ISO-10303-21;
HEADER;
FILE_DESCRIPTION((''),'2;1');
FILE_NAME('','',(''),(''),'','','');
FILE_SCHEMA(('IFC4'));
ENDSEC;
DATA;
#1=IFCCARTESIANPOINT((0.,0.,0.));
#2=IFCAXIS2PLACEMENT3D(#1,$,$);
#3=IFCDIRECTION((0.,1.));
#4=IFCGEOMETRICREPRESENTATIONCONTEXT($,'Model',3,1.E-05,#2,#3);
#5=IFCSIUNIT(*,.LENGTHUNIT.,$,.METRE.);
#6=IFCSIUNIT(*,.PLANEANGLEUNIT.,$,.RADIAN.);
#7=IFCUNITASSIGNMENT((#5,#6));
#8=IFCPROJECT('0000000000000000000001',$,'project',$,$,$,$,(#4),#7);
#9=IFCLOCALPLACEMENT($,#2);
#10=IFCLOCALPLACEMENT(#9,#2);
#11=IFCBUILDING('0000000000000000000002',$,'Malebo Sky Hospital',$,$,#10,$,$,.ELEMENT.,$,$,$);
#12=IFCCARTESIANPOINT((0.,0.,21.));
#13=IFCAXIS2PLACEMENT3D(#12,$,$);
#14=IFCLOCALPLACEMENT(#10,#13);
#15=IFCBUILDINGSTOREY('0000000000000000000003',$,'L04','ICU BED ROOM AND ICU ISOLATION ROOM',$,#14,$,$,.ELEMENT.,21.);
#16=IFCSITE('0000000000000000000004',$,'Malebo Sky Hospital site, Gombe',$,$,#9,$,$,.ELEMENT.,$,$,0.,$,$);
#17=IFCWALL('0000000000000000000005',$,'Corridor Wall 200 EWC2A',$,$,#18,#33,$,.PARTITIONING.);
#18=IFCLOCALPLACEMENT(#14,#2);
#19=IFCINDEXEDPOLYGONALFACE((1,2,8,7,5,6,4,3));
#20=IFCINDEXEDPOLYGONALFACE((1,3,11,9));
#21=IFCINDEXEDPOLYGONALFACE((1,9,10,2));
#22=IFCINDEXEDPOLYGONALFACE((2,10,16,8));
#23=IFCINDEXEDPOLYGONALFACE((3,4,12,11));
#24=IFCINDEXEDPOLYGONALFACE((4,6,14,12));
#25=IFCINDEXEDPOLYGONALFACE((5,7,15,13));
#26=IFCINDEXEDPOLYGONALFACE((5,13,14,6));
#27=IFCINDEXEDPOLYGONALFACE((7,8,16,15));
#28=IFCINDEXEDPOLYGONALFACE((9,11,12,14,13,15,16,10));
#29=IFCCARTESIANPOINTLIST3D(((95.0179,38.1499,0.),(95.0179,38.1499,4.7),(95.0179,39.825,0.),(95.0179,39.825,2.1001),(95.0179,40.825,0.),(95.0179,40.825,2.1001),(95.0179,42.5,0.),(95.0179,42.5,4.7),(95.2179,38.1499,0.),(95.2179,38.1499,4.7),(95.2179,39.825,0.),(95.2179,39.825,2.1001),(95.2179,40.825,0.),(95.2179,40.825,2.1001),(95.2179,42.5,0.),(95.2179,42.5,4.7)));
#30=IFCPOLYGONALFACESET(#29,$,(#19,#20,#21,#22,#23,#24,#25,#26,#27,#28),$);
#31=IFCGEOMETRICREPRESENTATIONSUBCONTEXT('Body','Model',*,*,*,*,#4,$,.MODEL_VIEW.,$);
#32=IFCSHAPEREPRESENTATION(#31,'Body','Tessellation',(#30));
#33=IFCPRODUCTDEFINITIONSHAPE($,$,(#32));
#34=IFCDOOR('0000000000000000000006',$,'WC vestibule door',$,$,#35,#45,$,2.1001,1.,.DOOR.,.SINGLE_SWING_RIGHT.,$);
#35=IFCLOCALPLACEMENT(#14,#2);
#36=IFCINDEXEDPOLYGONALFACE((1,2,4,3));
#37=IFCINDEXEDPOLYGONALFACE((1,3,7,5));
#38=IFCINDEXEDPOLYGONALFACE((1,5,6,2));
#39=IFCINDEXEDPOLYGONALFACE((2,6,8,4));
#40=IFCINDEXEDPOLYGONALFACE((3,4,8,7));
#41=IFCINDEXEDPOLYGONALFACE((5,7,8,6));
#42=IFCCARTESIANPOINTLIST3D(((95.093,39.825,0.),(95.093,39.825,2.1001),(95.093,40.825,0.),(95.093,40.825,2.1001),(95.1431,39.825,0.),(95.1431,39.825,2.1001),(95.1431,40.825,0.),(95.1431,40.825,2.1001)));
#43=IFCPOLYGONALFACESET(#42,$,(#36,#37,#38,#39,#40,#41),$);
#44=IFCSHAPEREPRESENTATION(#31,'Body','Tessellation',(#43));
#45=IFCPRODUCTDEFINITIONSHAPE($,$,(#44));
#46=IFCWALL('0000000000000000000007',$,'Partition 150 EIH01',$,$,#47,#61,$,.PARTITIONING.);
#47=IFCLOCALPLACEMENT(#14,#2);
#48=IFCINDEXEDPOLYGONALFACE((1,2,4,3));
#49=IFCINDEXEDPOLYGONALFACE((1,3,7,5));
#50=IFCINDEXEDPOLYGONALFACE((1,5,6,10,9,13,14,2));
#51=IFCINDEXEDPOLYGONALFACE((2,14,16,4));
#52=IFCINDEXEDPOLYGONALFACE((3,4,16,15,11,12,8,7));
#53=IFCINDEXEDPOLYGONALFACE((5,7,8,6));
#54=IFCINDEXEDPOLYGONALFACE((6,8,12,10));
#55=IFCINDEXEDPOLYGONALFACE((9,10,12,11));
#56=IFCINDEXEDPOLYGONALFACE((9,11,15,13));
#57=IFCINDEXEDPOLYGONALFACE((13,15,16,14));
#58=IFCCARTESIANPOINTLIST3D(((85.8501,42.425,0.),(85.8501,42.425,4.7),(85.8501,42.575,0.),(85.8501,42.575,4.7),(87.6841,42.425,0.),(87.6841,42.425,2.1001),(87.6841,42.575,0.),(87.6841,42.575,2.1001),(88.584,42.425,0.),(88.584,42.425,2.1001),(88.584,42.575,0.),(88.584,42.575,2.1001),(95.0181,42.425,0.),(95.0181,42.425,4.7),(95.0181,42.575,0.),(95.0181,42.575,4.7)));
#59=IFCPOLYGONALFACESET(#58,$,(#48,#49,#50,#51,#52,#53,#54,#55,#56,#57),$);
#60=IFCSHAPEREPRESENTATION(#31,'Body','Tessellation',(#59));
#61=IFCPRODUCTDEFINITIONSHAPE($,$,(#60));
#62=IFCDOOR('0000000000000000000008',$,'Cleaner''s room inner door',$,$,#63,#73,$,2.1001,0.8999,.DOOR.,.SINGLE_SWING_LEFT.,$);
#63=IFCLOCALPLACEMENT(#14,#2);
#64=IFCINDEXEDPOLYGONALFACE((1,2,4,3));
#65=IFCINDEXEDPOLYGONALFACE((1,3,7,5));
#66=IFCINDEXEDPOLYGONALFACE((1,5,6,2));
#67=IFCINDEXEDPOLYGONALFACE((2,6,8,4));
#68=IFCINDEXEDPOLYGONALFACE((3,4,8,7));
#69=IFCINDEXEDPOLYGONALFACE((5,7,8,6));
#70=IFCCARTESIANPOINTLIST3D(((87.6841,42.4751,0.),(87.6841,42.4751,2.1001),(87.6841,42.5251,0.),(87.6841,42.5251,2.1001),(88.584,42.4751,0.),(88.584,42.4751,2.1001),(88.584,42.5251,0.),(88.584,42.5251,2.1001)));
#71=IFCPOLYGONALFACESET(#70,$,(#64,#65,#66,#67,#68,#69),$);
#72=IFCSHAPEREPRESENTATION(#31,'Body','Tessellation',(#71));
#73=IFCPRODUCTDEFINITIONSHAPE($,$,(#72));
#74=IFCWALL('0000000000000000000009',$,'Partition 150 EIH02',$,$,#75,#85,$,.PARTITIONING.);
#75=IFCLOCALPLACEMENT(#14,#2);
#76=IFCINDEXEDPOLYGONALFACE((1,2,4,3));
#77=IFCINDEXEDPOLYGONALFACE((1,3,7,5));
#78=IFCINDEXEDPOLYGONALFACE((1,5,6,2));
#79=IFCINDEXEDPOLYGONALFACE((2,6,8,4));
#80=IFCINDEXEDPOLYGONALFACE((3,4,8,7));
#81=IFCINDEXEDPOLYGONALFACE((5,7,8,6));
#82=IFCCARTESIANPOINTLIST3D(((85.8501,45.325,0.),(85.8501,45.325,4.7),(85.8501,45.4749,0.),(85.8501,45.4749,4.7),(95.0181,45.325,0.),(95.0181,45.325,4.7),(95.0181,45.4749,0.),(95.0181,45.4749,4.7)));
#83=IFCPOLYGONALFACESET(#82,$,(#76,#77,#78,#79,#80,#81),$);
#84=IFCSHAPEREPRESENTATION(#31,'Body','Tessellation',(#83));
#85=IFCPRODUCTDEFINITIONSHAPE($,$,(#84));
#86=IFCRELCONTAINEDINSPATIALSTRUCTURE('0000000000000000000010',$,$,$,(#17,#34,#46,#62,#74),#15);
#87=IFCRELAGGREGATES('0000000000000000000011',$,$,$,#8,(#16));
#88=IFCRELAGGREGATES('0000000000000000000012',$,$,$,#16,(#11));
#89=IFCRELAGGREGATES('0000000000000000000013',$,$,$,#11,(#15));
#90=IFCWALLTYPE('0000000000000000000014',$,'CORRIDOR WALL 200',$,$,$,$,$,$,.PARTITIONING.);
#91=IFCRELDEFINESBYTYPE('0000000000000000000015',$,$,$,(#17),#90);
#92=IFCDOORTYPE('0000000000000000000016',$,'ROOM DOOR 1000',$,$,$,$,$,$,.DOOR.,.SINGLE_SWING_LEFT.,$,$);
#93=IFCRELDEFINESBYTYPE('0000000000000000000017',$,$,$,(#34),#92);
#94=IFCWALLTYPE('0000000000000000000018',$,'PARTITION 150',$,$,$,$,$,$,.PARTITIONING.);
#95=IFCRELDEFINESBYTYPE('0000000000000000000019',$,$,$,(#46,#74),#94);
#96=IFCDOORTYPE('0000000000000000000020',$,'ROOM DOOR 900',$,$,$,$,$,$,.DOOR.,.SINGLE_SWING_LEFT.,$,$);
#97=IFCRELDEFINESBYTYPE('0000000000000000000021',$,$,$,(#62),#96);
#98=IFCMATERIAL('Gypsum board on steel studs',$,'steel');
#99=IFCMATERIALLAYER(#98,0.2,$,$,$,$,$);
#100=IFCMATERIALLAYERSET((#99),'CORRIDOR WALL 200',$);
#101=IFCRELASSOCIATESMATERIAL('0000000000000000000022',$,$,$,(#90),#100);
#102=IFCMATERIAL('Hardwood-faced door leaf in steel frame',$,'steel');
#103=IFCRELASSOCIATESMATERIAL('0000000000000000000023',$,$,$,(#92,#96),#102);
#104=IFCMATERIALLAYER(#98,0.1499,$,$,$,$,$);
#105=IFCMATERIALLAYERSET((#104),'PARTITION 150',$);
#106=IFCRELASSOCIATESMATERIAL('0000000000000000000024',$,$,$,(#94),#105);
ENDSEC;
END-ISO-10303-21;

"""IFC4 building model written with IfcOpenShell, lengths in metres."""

from ifc_helpers import new_model, si_unit, direction, frame, frame_2d, origin, place, context, subcontext, project, spatial, rectangle, extrude, material, layer, layer_set, type_object, element, fill, save


model = new_model("IFC4")

# Units and contexts
model_context = context("Model", 3, precision=1e-05, world=origin(), true_north=direction((0.0, 1.0)))
body_context = subcontext(model_context, "Body", "Model", "MODEL_VIEW")
ifc_project = project(units=[si_unit("LENGTHUNIT", "METRE"), si_unit("PLANEANGLEUNIT", "RADIAN")], contexts=[model_context])

# Site, building, storey
site_placement = place(None, origin())
site = spatial("IfcSite", under=ifc_project, at=site_placement, Name="Malebo Sky Hospital site, Gombe", CompositionType="ELEMENT", RefElevation=0.0)
building_placement = place(site_placement, origin())
building = spatial("IfcBuilding", under=site, at=building_placement, Name="Malebo Sky Hospital", CompositionType="ELEMENT")
storey_placement = place(building_placement, frame((0.0, 0.0, 21.0)))
storey = spatial("IfcBuildingStorey", under=building, at=storey_placement, Name="L04", Description="ICU BED ROOM AND ICU ISOLATION ROOM", CompositionType="ELEMENT", Elevation=21.0)

# Shared definitions
ifc_material_1 = material(Name="Gypsum board on steel studs", Category="steel")
ifc_layer_1 = layer(ifc_material_1, 0.2)
ifc_layer_set_1 = layer_set([ifc_layer_1], Name="CORRIDOR WALL 200")
wall_type_1 = type_object("IfcWallType", Name="CORRIDOR WALL 200", PredefinedType="PARTITIONING", material=ifc_layer_set_1)
ifc_material_2 = material(Name="Hardwood-faced door leaf in steel frame", Category="steel")
door_type_1 = type_object("IfcDoorType", Name="ROOM DOOR 1000", OperationType="SINGLE_SWING_LEFT", PredefinedType="DOOR", material=ifc_material_2)

# Walls, openings, doors
wall_1_placement = place(storey_placement, frame((95.1179, 38.1499, 0.0), z_axis=(0.0, 0.0, 1.0), x_axis=(0.0, 1.0, 0.0)))
wall_1 = element("IfcWall", 1, at=wall_1_placement, inside=storey, type_object=wall_type_1, Name="Corridor Wall 200 EWC2A", PredefinedType="PARTITIONING", context=body_context, shape_type="SweptSolid", body=[
    extrude(rectangle(XDim=4.3501, YDim=0.2, at=frame_2d((2.175, 0.0))), origin(), (0.0, 0.0, 1.0), 4.7),
])
opening_1_placement = place(wall_1_placement, frame((1.675, 0.0, 0.0)))
opening_1 = element("IfcOpeningElement", 2, at=opening_1_placement, cuts=wall_1, PredefinedType="OPENING", context=body_context, shape_type="SweptSolid", body=[
    extrude(rectangle(XDim=1.0, YDim=2.1001, at=frame_2d((0.5, 1.05))), frame((0.0, 0.1099, 0.0), z_axis=(0.0, -1.0, 0.0), x_axis=(1.0, 0.0, 0.0)), (0.0, 0.0, 1.0), 0.22),
])
door_1_placement = place(opening_1_placement, origin())
door_1 = element("IfcDoor", 3, at=door_1_placement, inside=storey, type_object=door_type_1, Name="WC vestibule door", OperationType="SINGLE_SWING_RIGHT", OverallHeight=2.1001, OverallWidth=1.0, PredefinedType="DOOR", context=body_context, shape_type="SweptSolid", body=[
    extrude(rectangle(XDim=1.0, YDim=2.1001, at=frame_2d((0.5, 1.05))), frame((0.0, 0.0249, 0.0), z_axis=(0.0, -1.0, 0.0), x_axis=(1.0, 0.0, 0.0)), (0.0, 0.0, 1.0), 0.05),
])
fill(opening_1, door_1)
ifc_layer_2 = layer(ifc_material_1, 0.1499)
ifc_layer_set_2 = layer_set([ifc_layer_2], Name="PARTITION 150")
wall_type_2 = type_object("IfcWallType", Name="PARTITION 150", PredefinedType="PARTITIONING", material=ifc_layer_set_2)
wall_2_placement = place(storey_placement, frame((95.0181, 42.5, 0.0), z_axis=(0.0, 0.0, 1.0), x_axis=(-1.0, 0.0, 0.0)))
wall_2 = element("IfcWall", 4, at=wall_2_placement, inside=storey, type_object=wall_type_2, Name="Partition 150 EIH01", PredefinedType="PARTITIONING", context=body_context, shape_type="SweptSolid", body=[
    extrude(rectangle(XDim=9.168, YDim=0.1499, at=frame_2d((4.584, 0.0))), origin(), (0.0, 0.0, 1.0), 4.7),
])
opening_2_placement = place(wall_2_placement, frame((6.4341, 0.0, 0.0)))
opening_2 = element("IfcOpeningElement", 5, at=opening_2_placement, cuts=wall_2, PredefinedType="OPENING", context=body_context, shape_type="SweptSolid", body=[
    extrude(rectangle(XDim=0.8999, YDim=2.1001, at=frame_2d((0.45, 1.05))), frame((0.0, 0.085, 0.0), z_axis=(0.0, -1.0, 0.0), x_axis=(1.0, 0.0, 0.0)), (0.0, 0.0, 1.0), 0.1699),
])
door_type_2 = type_object("IfcDoorType", Name="ROOM DOOR 900", OperationType="SINGLE_SWING_LEFT", PredefinedType="DOOR", material=ifc_material_2)
door_2_placement = place(opening_2_placement, origin())
door_2 = element("IfcDoor", 6, at=door_2_placement, inside=storey, type_object=door_type_2, Name="Cleaner's room inner door", OperationType="SINGLE_SWING_LEFT", OverallHeight=2.1001, OverallWidth=0.8999, PredefinedType="DOOR", context=body_context, shape_type="SweptSolid", body=[
    extrude(rectangle(XDim=0.8999, YDim=2.1001, at=frame_2d((0.45, 1.05))), frame((0.0, 0.0249, 0.0), z_axis=(0.0, -1.0, 0.0), x_axis=(1.0, 0.0, 0.0)), (0.0, 0.0, 1.0), 0.05),
])
fill(opening_2, door_2)

# Wall
wall_3_placement = place(storey_placement, frame((95.0181, 45.3999, 0.0), z_axis=(0.0, 0.0, 1.0), x_axis=(-1.0, 0.0, 0.0)))
element("IfcWall", 7, at=wall_3_placement, inside=storey, type_object=wall_type_2, Name="Partition 150 EIH02", PredefinedType="PARTITIONING", context=body_context, shape_type="SweptSolid", body=[
    extrude(rectangle(XDim=9.168, YDim=0.1499, at=frame_2d((4.584, 0.0))), origin(), (0.0, 0.0, 1.0), 4.7),
])

save(model, "model.ifc")
